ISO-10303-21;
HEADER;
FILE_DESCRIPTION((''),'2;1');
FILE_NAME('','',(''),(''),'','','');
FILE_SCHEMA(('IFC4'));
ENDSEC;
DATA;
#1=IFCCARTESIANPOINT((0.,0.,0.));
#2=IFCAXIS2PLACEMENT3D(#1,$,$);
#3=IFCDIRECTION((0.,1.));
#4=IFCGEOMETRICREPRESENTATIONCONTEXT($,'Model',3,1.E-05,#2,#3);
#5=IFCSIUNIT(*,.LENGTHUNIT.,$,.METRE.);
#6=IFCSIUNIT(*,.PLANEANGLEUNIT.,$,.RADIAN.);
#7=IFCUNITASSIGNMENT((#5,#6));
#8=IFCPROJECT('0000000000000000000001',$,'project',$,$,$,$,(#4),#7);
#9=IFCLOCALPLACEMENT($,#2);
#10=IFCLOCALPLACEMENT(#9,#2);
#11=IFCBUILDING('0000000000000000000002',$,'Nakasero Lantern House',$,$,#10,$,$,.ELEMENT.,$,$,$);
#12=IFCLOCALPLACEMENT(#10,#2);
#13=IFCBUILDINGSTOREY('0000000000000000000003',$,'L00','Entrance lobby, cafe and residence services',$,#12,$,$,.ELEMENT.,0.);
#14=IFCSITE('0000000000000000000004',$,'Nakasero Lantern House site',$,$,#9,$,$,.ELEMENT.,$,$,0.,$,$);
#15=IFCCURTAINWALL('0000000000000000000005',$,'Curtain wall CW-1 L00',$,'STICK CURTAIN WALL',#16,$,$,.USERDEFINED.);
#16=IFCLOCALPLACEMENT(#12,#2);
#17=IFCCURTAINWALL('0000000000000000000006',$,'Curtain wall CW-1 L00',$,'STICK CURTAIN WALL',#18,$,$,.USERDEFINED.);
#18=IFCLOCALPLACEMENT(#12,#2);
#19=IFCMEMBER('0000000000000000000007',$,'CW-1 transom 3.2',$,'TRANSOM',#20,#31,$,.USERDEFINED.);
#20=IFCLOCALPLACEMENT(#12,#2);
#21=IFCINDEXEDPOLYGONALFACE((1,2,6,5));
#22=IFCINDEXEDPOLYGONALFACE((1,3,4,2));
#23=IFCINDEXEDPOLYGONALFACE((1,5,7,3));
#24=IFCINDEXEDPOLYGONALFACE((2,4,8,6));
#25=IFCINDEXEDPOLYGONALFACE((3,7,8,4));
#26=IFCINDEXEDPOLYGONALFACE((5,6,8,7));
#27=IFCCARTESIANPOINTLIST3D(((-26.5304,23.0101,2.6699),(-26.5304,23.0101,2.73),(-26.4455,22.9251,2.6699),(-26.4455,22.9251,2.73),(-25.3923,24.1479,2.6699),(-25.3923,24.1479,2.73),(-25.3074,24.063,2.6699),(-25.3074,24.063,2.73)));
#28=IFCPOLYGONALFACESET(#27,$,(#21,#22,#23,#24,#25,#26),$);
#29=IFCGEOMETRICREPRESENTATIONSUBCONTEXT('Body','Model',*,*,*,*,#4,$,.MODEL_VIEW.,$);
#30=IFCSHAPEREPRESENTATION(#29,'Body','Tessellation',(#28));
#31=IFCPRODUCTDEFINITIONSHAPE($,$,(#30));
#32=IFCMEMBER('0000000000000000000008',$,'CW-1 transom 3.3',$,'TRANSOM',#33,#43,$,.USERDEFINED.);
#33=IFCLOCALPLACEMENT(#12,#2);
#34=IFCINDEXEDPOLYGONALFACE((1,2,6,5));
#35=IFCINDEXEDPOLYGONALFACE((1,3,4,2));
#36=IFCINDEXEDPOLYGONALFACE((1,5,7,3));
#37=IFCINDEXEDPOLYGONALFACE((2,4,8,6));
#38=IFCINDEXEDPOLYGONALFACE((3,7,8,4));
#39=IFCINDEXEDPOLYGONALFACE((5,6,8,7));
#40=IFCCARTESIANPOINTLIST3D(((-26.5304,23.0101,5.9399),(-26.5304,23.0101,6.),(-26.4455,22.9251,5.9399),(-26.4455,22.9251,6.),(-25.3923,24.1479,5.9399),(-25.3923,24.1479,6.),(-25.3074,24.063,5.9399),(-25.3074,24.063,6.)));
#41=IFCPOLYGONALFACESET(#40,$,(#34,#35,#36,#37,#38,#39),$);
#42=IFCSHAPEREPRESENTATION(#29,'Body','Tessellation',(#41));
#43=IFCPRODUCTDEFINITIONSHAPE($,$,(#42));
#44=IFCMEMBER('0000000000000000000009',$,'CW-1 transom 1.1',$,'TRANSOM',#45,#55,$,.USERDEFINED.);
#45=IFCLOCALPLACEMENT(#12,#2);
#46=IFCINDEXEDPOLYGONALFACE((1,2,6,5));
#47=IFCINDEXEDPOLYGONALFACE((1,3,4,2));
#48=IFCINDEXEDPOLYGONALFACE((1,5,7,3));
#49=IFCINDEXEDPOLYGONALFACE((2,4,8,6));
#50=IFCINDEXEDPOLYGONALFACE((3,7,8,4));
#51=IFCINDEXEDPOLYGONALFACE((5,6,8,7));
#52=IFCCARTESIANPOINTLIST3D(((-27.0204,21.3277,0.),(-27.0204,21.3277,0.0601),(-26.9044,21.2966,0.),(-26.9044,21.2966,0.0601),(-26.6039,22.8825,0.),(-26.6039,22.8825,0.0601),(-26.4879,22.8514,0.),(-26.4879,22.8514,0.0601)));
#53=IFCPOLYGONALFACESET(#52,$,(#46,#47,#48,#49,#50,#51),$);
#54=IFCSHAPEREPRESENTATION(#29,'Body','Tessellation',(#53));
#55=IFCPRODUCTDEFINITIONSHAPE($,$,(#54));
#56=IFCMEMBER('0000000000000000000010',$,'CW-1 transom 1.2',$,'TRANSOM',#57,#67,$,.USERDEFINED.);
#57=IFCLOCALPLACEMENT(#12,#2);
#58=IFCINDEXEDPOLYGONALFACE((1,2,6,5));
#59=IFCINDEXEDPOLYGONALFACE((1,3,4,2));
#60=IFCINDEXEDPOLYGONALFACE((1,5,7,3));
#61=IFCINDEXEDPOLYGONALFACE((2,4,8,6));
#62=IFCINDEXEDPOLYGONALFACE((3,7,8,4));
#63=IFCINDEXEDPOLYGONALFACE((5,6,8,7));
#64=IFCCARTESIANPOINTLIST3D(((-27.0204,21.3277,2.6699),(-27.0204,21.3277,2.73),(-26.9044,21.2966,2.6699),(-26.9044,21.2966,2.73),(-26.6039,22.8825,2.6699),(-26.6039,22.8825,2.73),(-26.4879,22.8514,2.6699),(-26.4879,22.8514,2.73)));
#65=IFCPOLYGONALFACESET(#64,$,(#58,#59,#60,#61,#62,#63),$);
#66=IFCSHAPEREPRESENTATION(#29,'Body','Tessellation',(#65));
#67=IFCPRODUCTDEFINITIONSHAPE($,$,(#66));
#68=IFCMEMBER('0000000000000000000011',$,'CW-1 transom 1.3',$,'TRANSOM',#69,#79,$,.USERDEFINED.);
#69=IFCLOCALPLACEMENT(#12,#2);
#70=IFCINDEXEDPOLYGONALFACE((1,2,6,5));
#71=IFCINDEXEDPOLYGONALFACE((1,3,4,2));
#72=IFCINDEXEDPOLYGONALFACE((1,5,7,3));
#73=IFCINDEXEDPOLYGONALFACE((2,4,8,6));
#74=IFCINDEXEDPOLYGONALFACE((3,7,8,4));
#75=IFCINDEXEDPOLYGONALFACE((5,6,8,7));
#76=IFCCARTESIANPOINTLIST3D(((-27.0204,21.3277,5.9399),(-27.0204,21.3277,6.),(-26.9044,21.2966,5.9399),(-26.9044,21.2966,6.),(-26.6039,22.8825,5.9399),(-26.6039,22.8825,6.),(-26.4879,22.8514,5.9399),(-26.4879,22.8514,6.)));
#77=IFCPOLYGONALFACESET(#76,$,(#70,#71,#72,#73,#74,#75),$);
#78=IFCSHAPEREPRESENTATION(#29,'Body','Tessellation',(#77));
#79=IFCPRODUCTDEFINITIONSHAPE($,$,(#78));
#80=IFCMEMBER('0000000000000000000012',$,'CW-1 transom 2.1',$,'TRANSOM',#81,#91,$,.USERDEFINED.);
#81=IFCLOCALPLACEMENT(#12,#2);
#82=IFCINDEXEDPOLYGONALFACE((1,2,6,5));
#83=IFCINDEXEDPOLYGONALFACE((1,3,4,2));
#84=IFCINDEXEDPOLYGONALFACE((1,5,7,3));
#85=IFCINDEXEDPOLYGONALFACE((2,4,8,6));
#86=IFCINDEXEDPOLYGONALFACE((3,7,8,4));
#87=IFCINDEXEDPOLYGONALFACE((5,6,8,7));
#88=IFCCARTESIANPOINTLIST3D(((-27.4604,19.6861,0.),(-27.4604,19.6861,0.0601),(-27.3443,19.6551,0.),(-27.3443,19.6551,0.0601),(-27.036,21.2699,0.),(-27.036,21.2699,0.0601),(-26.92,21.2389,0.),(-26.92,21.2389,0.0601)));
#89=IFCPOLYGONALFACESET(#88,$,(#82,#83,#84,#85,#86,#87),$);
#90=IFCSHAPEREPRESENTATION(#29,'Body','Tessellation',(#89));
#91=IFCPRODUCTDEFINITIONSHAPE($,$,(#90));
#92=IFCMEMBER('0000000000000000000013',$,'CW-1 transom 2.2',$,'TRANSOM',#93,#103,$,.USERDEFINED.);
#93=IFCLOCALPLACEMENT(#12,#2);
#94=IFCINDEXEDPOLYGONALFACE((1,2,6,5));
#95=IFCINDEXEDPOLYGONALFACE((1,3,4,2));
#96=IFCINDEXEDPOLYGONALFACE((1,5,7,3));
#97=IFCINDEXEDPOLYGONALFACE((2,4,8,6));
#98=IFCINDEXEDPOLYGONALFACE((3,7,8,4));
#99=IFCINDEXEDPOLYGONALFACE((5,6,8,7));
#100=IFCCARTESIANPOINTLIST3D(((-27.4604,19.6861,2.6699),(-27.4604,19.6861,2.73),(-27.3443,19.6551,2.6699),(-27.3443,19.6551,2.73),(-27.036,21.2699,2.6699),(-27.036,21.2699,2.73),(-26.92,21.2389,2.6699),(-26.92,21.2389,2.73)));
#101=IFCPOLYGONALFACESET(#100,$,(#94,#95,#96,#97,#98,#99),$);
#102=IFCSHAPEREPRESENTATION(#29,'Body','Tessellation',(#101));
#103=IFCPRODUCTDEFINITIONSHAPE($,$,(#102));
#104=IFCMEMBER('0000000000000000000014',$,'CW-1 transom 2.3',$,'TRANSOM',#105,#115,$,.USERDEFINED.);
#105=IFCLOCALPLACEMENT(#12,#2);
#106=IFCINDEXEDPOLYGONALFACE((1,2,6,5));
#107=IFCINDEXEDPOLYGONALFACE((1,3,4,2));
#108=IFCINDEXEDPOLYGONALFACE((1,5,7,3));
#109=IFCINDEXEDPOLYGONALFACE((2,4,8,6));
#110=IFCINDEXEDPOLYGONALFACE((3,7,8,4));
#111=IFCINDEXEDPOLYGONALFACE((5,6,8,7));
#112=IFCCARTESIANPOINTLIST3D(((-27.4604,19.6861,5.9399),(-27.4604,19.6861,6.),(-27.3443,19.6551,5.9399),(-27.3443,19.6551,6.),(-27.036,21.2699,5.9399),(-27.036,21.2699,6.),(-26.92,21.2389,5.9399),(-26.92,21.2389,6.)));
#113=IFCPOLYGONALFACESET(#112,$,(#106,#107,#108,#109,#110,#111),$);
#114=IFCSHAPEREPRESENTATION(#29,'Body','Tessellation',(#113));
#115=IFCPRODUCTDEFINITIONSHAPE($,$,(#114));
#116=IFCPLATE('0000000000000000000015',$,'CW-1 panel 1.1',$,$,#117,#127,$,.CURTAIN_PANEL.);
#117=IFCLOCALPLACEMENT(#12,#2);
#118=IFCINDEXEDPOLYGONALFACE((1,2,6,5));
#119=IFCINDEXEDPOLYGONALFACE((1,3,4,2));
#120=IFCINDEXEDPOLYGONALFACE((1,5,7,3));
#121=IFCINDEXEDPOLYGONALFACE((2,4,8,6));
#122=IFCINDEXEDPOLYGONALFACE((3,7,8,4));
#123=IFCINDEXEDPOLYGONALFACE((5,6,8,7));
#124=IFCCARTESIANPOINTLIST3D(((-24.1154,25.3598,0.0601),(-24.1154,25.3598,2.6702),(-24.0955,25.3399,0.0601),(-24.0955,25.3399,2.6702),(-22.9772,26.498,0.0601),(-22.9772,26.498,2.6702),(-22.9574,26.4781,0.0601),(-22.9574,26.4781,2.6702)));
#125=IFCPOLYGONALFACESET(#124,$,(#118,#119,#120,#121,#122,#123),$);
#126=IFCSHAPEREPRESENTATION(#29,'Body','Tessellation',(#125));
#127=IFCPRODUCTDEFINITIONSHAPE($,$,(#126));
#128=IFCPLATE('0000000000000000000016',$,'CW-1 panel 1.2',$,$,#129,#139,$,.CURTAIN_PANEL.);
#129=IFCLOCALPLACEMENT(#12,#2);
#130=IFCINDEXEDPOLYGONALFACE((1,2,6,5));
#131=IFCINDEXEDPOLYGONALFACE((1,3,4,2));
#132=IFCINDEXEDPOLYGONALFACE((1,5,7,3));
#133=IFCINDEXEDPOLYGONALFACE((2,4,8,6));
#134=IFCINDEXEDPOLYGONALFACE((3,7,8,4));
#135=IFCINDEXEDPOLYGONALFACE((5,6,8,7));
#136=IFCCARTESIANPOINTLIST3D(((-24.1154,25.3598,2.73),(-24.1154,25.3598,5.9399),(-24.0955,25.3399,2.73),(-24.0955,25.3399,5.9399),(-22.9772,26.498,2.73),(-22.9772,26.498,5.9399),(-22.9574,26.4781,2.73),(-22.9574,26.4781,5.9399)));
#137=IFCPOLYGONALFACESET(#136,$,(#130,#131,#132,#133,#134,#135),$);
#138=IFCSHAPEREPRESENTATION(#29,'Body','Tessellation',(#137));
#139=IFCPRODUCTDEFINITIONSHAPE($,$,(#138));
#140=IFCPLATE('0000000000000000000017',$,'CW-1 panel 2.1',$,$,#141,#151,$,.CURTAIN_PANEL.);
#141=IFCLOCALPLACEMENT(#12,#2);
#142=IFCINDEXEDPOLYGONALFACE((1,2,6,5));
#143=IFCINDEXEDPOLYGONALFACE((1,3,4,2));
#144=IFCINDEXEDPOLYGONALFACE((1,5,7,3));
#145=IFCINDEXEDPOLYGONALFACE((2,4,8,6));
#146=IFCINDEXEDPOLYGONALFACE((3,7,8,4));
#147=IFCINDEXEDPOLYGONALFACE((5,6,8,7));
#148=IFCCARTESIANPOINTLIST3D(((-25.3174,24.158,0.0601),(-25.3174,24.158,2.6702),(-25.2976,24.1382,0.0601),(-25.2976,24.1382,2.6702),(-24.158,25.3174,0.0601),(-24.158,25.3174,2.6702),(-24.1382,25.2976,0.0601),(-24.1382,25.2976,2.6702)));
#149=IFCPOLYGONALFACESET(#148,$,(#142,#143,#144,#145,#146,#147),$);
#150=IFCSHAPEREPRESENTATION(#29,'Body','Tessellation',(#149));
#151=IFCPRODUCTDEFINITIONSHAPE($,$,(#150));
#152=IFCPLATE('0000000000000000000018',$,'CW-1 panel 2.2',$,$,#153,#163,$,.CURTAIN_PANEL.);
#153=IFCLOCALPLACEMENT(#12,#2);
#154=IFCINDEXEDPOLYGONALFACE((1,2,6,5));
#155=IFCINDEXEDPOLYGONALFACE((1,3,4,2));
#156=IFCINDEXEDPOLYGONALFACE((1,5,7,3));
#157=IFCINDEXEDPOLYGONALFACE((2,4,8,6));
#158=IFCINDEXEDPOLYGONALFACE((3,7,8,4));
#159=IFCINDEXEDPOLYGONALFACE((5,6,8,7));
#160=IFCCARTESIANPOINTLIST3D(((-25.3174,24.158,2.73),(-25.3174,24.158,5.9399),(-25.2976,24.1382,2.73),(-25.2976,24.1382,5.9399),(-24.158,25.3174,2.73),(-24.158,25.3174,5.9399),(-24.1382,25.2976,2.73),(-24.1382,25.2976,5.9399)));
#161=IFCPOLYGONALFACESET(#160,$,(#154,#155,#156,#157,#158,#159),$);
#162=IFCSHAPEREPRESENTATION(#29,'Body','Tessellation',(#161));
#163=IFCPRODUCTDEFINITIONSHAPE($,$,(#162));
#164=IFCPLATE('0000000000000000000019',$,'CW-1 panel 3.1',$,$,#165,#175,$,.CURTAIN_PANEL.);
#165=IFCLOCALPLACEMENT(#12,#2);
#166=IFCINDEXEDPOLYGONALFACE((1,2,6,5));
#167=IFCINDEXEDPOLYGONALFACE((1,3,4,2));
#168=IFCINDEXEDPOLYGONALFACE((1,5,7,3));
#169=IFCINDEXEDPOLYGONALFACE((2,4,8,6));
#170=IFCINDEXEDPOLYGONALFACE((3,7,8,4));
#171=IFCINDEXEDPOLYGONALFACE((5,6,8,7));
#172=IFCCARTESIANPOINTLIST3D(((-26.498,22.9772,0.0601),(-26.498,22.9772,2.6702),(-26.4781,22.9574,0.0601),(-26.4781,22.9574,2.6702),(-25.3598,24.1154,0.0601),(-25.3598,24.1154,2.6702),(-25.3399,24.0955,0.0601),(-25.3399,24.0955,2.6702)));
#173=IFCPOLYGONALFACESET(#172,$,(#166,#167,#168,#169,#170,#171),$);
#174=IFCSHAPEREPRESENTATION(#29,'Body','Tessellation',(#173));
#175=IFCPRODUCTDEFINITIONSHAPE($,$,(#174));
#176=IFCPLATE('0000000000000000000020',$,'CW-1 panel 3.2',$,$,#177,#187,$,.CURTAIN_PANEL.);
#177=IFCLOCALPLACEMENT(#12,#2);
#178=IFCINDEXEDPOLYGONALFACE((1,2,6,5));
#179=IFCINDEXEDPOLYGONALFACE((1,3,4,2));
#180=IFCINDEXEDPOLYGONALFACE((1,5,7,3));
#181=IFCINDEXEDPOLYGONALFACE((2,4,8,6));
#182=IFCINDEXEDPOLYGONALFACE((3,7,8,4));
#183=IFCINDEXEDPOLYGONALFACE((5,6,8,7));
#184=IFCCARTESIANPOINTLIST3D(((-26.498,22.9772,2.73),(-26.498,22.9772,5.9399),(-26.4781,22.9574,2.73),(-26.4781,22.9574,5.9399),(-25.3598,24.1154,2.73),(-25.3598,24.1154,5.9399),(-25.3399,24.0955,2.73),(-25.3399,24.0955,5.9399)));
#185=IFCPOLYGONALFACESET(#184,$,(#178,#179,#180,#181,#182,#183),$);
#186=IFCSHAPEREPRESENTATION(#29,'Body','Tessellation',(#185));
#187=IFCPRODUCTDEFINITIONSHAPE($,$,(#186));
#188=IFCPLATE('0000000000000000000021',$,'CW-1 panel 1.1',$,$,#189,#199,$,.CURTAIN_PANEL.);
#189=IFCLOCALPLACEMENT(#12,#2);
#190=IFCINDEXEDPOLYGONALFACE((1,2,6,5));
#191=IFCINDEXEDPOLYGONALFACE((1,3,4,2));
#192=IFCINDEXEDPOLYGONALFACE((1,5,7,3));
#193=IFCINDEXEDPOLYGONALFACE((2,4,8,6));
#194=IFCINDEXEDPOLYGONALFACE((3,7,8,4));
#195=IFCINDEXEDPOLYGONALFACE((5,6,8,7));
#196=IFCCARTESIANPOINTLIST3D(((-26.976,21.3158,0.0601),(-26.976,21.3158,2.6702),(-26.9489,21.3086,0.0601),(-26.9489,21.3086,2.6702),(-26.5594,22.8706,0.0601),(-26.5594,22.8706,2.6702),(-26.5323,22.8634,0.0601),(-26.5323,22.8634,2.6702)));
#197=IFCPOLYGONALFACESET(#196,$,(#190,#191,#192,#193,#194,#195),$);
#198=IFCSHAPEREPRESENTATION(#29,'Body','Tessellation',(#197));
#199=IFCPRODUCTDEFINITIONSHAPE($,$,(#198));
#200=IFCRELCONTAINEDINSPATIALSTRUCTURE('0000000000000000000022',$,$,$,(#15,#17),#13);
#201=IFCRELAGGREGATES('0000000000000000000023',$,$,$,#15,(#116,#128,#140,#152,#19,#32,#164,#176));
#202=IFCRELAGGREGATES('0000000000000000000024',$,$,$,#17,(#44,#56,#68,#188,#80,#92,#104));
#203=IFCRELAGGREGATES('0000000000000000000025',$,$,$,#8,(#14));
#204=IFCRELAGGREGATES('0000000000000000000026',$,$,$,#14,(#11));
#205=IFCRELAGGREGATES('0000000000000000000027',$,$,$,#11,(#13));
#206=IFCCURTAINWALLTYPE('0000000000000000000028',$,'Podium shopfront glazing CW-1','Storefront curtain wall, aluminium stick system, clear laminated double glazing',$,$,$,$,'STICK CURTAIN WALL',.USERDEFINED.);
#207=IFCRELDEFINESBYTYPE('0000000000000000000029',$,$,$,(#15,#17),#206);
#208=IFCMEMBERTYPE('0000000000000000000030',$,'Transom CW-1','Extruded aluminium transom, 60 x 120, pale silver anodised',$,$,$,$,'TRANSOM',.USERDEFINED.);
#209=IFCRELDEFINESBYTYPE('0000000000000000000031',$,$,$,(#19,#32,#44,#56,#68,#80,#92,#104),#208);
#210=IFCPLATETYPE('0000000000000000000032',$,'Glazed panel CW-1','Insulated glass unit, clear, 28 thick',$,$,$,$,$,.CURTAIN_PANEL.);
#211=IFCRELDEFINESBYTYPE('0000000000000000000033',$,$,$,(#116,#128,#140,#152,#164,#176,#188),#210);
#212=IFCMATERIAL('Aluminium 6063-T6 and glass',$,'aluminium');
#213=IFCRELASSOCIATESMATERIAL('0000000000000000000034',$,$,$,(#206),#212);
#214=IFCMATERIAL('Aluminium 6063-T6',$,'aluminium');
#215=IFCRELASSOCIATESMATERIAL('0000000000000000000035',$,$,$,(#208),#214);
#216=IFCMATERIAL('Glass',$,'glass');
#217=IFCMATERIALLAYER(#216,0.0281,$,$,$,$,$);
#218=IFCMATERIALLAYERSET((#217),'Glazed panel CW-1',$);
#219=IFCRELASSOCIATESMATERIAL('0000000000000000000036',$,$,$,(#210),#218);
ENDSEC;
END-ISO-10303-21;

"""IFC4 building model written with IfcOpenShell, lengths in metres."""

from ifc_helpers import new_model, si_unit, direction, frame, origin, origin_2d, place, context, subcontext, project, spatial, rectangle, extrude, material, layer, layer_set, material_profile, profile_set, type_object, element, aggregate, save


model = new_model("IFC4")

# Units and contexts
model_context = context("Model", 3, precision=1e-05, world=origin(), true_north=direction((0.0, 1.0)))
body_context = subcontext(model_context, "Body", "Model", "MODEL_VIEW")
ifc_project = project(units=[si_unit("LENGTHUNIT", "METRE"), si_unit("PLANEANGLEUNIT", "RADIAN")], contexts=[model_context])

# Site, building, storey
site_placement = place(None, origin())
site = spatial("IfcSite", under=ifc_project, at=site_placement, Name="Nakasero Lantern House site", CompositionType="ELEMENT", RefElevation=0.0)
building_placement = place(site_placement, origin())
building = spatial("IfcBuilding", under=site, at=building_placement, Name="Nakasero Lantern House", CompositionType="ELEMENT")
storey_placement = place(building_placement, origin())
storey = spatial("IfcBuildingStorey", under=building, at=storey_placement, Name="L00", Description="Entrance lobby, cafe and residence services", CompositionType="ELEMENT", Elevation=0.0)

# Curtain walls
ifc_material_1 = material(Name="Aluminium 6063-T6 and glass", Category="aluminium")
curtain_wall_type = type_object("IfcCurtainWallType", Name="Podium shopfront glazing CW-1", Description="Storefront curtain wall, aluminium stick system, clear laminated double glazing", ElementType="STICK CURTAIN WALL", PredefinedType="USERDEFINED", material=ifc_material_1)
curtain_wall_1_placement = place(storey_placement, origin())
curtain_wall_1 = element("IfcCurtainWall", 1, at=curtain_wall_1_placement, inside=storey, type_object=curtain_wall_type, Name="Curtain wall CW-1 L00", ObjectType="STICK CURTAIN WALL", PredefinedType="USERDEFINED")
curtain_wall_2_placement = place(storey_placement, origin())
curtain_wall_2 = element("IfcCurtainWall", 2, at=curtain_wall_2_placement, inside=storey, type_object=curtain_wall_type, Name="Curtain wall CW-1 L00", ObjectType="STICK CURTAIN WALL", PredefinedType="USERDEFINED")

# Members
ifc_material_2 = material(Name="Aluminium 6063-T6", Category="aluminium")
ifc_material_profile_1 = material_profile(ifc_material_2, rectangle(XDim=0.0601, YDim=0.1201, at=origin_2d()), Name="CW-1 transom 60x120")
ifc_profile_set_1 = profile_set([ifc_material_profile_1], Name="Aluminium 6063-T6")
member_type_1 = type_object("IfcMemberType", Name="Transom CW-1", Description="Extruded aluminium transom, 60 x 120, pale silver anodised", ElementType="TRANSOM", PredefinedType="USERDEFINED", material=ifc_profile_set_1)
member_1_placement = place(storey_placement, frame((-25.3499, 24.1055, 2.7), z_axis=(-0.707183, -0.707031, 0.0), x_axis=(0.0, 0.0, 1.0)))
member_1 = element("IfcMember", 3, at=member_1_placement, type_object=member_type_1, Name="CW-1 transom 3.2", ObjectType="TRANSOM", PredefinedType="USERDEFINED", context=body_context, shape_type="SweptSolid", body=[
    extrude(rectangle(XDim=0.0601, YDim=0.1201, at=origin_2d()), origin(), (0.0, 0.0, 1.0), 1.6094),
])
member_2_placement = place(storey_placement, frame((-25.3499, 24.1055, 5.97), z_axis=(-0.707183, -0.707031, 0.0), x_axis=(0.0, 0.0, 1.0)))
member_2 = element("IfcMember", 4, at=member_2_placement, type_object=member_type_1, Name="CW-1 transom 3.3", ObjectType="TRANSOM", PredefinedType="USERDEFINED", context=body_context, shape_type="SweptSolid", body=[
    extrude(rectangle(XDim=0.0601, YDim=0.1201, at=origin_2d()), origin(), (0.0, 0.0, 1.0), 1.6094),
])
member_3_placement = place(storey_placement, frame((-26.5459, 22.8669, 0.03), z_axis=(-0.258777, -0.965937, 0.0), x_axis=(0.0, 0.0, 1.0)))
member_3 = element("IfcMember", 5, at=member_3_placement, type_object=member_type_1, Name="CW-1 transom 1.1", ObjectType="TRANSOM", PredefinedType="USERDEFINED", context=body_context, shape_type="SweptSolid", body=[
    extrude(rectangle(XDim=0.0601, YDim=0.1201, at=origin_2d()), origin(), (0.0, 0.0, 1.0), 1.6096),
])
member_4_placement = place(storey_placement, frame((-26.5459, 22.8669, 2.7), z_axis=(-0.258777, -0.965937, 0.0), x_axis=(0.0, 0.0, 1.0)))
member_4 = element("IfcMember", 6, at=member_4_placement, type_object=member_type_1, Name="CW-1 transom 1.2", ObjectType="TRANSOM", PredefinedType="USERDEFINED", context=body_context, shape_type="SweptSolid", body=[
    extrude(rectangle(XDim=0.0601, YDim=0.1201, at=origin_2d()), origin(), (0.0, 0.0, 1.0), 1.6096),
])
member_5_placement = place(storey_placement, frame((-26.5459, 22.8669, 5.97), z_axis=(-0.258777, -0.965937, 0.0), x_axis=(0.0, 0.0, 1.0)))
member_5 = element("IfcMember", 7, at=member_5_placement, type_object=member_type_1, Name="CW-1 transom 1.3", ObjectType="TRANSOM", PredefinedType="USERDEFINED", context=body_context, shape_type="SweptSolid", body=[
    extrude(rectangle(XDim=0.0601, YDim=0.1201, at=origin_2d()), origin(), (0.0, 0.0, 1.0), 1.6096),
])
member_6_placement = place(storey_placement, frame((-26.978, 21.2544, 0.03), z_axis=(-0.258793, -0.965933, 0.0), x_axis=(0.0, 0.0, 1.0)))
member_6 = element("IfcMember", 8, at=member_6_placement, type_object=member_type_1, Name="CW-1 transom 2.1", ObjectType="TRANSOM", PredefinedType="USERDEFINED", context=body_context, shape_type="SweptSolid", body=[
    extrude(rectangle(XDim=0.0601, YDim=0.1201, at=origin_2d()), origin(), (0.0, 0.0, 1.0), 1.6396),
])
member_7_placement = place(storey_placement, frame((-26.978, 21.2544, 2.7), z_axis=(-0.258793, -0.965933, 0.0), x_axis=(0.0, 0.0, 1.0)))
member_7 = element("IfcMember", 9, at=member_7_placement, type_object=member_type_1, Name="CW-1 transom 2.2", ObjectType="TRANSOM", PredefinedType="USERDEFINED", context=body_context, shape_type="SweptSolid", body=[
    extrude(rectangle(XDim=0.0601, YDim=0.1201, at=origin_2d()), origin(), (0.0, 0.0, 1.0), 1.6396),
])
member_8_placement = place(storey_placement, frame((-26.978, 21.2544, 5.97), z_axis=(-0.258793, -0.965933, 0.0), x_axis=(0.0, 0.0, 1.0)))
member_8 = element("IfcMember", 10, at=member_8_placement, type_object=member_type_1, Name="CW-1 transom 2.3", ObjectType="TRANSOM", PredefinedType="USERDEFINED", context=body_context, shape_type="SweptSolid", body=[
    extrude(rectangle(XDim=0.0601, YDim=0.1201, at=origin_2d()), origin(), (0.0, 0.0, 1.0), 1.6396),
])

# Plates
ifc_material_3 = material(Name="Glass", Category="glass")
ifc_layer = layer(ifc_material_3, 0.0281)
ifc_layer_set = layer_set([ifc_layer], Name="Glazed panel CW-1")
plate_type = type_object("IfcPlateType", Name="Glazed panel CW-1", Description="Insulated glass unit, clear, 28 thick", PredefinedType="CURTAIN_PANEL", material=ifc_layer_set)
plate_1_placement = place(storey_placement, frame((-23.5364, 25.9189, 0.0601), z_axis=(0.0, 0.0, 1.0), x_axis=(-0.707107, -0.707107, 0.0)))
plate_1 = element("IfcPlate", 11, at=plate_1_placement, type_object=plate_type, Name="CW-1 panel 1.1", PredefinedType="CURTAIN_PANEL", context=body_context, shape_type="SweptSolid", body=[
    extrude(rectangle(XDim=1.6096, YDim=0.0281, at=origin_2d()), origin(), (0.0, 0.0, 1.0), 2.6101),
])
plate_2_placement = place(storey_placement, frame((-23.5364, 25.9189, 2.73), z_axis=(0.0, 0.0, 1.0), x_axis=(-0.707107, -0.707107, 0.0)))
plate_2 = element("IfcPlate", 12, at=plate_2_placement, type_object=plate_type, Name="CW-1 panel 1.2", PredefinedType="CURTAIN_PANEL", context=body_context, shape_type="SweptSolid", body=[
    extrude(rectangle(XDim=1.6096, YDim=0.0281, at=origin_2d()), origin(), (0.0, 0.0, 1.0), 3.21),
])
plate_3_placement = place(storey_placement, frame((-24.7278, 24.7278, 0.0601), z_axis=(0.0, 0.0, 1.0), x_axis=(-0.707107, -0.707107, 0.0)))
plate_3 = element("IfcPlate", 13, at=plate_3_placement, type_object=plate_type, Name="CW-1 panel 2.1", PredefinedType="CURTAIN_PANEL", context=body_context, shape_type="SweptSolid", body=[
    extrude(rectangle(XDim=1.6396, YDim=0.0281, at=origin_2d()), origin(), (0.0, 0.0, 1.0), 2.6101),
])
plate_4_placement = place(storey_placement, frame((-24.7278, 24.7278, 2.73), z_axis=(0.0, 0.0, 1.0), x_axis=(-0.707107, -0.707107, 0.0)))
plate_4 = element("IfcPlate", 14, at=plate_4_placement, type_object=plate_type, Name="CW-1 panel 2.2", PredefinedType="CURTAIN_PANEL", context=body_context, shape_type="SweptSolid", body=[
    extrude(rectangle(XDim=1.6396, YDim=0.0281, at=origin_2d()), origin(), (0.0, 0.0, 1.0), 3.21),
])
plate_5_placement = place(storey_placement, frame((-25.9189, 23.5364, 0.0601), z_axis=(0.0, 0.0, 1.0), x_axis=(-0.707107, -0.707107, 0.0)))
plate_5 = element("IfcPlate", 15, at=plate_5_placement, type_object=plate_type, Name="CW-1 panel 3.1", PredefinedType="CURTAIN_PANEL", context=body_context, shape_type="SweptSolid", body=[
    extrude(rectangle(XDim=1.6096, YDim=0.0281, at=origin_2d()), origin(), (0.0, 0.0, 1.0), 2.6101),
])
plate_6_placement = place(storey_placement, frame((-25.9189, 23.5364, 2.73), z_axis=(0.0, 0.0, 1.0), x_axis=(-0.707107, -0.707107, 0.0)))
plate_6 = element("IfcPlate", 16, at=plate_6_placement, type_object=plate_type, Name="CW-1 panel 3.2", PredefinedType="CURTAIN_PANEL", context=body_context, shape_type="SweptSolid", body=[
    extrude(rectangle(XDim=1.6096, YDim=0.0281, at=origin_2d()), origin(), (0.0, 0.0, 1.0), 3.21),
])
aggregate(curtain_wall_1, [plate_1, plate_2, plate_3, plate_4, member_1, member_2, plate_5, plate_6])
plate_7_placement = place(storey_placement, frame((-26.7542, 22.0896, 0.0601), z_axis=(0.0, 0.0, 1.0), x_axis=(-0.258819, -0.965926, 0.0)))
plate_7 = element("IfcPlate", 17, at=plate_7_placement, type_object=plate_type, Name="CW-1 panel 1.1", PredefinedType="CURTAIN_PANEL", context=body_context, shape_type="SweptSolid", body=[
    extrude(rectangle(XDim=1.6096, YDim=0.0281, at=origin_2d()), origin(), (0.0, 0.0, 1.0), 2.6101),
])
aggregate(curtain_wall_2, [member_3, member_4, member_5, plate_7, member_6, member_7, member_8])

save(model, "model.ifc")
